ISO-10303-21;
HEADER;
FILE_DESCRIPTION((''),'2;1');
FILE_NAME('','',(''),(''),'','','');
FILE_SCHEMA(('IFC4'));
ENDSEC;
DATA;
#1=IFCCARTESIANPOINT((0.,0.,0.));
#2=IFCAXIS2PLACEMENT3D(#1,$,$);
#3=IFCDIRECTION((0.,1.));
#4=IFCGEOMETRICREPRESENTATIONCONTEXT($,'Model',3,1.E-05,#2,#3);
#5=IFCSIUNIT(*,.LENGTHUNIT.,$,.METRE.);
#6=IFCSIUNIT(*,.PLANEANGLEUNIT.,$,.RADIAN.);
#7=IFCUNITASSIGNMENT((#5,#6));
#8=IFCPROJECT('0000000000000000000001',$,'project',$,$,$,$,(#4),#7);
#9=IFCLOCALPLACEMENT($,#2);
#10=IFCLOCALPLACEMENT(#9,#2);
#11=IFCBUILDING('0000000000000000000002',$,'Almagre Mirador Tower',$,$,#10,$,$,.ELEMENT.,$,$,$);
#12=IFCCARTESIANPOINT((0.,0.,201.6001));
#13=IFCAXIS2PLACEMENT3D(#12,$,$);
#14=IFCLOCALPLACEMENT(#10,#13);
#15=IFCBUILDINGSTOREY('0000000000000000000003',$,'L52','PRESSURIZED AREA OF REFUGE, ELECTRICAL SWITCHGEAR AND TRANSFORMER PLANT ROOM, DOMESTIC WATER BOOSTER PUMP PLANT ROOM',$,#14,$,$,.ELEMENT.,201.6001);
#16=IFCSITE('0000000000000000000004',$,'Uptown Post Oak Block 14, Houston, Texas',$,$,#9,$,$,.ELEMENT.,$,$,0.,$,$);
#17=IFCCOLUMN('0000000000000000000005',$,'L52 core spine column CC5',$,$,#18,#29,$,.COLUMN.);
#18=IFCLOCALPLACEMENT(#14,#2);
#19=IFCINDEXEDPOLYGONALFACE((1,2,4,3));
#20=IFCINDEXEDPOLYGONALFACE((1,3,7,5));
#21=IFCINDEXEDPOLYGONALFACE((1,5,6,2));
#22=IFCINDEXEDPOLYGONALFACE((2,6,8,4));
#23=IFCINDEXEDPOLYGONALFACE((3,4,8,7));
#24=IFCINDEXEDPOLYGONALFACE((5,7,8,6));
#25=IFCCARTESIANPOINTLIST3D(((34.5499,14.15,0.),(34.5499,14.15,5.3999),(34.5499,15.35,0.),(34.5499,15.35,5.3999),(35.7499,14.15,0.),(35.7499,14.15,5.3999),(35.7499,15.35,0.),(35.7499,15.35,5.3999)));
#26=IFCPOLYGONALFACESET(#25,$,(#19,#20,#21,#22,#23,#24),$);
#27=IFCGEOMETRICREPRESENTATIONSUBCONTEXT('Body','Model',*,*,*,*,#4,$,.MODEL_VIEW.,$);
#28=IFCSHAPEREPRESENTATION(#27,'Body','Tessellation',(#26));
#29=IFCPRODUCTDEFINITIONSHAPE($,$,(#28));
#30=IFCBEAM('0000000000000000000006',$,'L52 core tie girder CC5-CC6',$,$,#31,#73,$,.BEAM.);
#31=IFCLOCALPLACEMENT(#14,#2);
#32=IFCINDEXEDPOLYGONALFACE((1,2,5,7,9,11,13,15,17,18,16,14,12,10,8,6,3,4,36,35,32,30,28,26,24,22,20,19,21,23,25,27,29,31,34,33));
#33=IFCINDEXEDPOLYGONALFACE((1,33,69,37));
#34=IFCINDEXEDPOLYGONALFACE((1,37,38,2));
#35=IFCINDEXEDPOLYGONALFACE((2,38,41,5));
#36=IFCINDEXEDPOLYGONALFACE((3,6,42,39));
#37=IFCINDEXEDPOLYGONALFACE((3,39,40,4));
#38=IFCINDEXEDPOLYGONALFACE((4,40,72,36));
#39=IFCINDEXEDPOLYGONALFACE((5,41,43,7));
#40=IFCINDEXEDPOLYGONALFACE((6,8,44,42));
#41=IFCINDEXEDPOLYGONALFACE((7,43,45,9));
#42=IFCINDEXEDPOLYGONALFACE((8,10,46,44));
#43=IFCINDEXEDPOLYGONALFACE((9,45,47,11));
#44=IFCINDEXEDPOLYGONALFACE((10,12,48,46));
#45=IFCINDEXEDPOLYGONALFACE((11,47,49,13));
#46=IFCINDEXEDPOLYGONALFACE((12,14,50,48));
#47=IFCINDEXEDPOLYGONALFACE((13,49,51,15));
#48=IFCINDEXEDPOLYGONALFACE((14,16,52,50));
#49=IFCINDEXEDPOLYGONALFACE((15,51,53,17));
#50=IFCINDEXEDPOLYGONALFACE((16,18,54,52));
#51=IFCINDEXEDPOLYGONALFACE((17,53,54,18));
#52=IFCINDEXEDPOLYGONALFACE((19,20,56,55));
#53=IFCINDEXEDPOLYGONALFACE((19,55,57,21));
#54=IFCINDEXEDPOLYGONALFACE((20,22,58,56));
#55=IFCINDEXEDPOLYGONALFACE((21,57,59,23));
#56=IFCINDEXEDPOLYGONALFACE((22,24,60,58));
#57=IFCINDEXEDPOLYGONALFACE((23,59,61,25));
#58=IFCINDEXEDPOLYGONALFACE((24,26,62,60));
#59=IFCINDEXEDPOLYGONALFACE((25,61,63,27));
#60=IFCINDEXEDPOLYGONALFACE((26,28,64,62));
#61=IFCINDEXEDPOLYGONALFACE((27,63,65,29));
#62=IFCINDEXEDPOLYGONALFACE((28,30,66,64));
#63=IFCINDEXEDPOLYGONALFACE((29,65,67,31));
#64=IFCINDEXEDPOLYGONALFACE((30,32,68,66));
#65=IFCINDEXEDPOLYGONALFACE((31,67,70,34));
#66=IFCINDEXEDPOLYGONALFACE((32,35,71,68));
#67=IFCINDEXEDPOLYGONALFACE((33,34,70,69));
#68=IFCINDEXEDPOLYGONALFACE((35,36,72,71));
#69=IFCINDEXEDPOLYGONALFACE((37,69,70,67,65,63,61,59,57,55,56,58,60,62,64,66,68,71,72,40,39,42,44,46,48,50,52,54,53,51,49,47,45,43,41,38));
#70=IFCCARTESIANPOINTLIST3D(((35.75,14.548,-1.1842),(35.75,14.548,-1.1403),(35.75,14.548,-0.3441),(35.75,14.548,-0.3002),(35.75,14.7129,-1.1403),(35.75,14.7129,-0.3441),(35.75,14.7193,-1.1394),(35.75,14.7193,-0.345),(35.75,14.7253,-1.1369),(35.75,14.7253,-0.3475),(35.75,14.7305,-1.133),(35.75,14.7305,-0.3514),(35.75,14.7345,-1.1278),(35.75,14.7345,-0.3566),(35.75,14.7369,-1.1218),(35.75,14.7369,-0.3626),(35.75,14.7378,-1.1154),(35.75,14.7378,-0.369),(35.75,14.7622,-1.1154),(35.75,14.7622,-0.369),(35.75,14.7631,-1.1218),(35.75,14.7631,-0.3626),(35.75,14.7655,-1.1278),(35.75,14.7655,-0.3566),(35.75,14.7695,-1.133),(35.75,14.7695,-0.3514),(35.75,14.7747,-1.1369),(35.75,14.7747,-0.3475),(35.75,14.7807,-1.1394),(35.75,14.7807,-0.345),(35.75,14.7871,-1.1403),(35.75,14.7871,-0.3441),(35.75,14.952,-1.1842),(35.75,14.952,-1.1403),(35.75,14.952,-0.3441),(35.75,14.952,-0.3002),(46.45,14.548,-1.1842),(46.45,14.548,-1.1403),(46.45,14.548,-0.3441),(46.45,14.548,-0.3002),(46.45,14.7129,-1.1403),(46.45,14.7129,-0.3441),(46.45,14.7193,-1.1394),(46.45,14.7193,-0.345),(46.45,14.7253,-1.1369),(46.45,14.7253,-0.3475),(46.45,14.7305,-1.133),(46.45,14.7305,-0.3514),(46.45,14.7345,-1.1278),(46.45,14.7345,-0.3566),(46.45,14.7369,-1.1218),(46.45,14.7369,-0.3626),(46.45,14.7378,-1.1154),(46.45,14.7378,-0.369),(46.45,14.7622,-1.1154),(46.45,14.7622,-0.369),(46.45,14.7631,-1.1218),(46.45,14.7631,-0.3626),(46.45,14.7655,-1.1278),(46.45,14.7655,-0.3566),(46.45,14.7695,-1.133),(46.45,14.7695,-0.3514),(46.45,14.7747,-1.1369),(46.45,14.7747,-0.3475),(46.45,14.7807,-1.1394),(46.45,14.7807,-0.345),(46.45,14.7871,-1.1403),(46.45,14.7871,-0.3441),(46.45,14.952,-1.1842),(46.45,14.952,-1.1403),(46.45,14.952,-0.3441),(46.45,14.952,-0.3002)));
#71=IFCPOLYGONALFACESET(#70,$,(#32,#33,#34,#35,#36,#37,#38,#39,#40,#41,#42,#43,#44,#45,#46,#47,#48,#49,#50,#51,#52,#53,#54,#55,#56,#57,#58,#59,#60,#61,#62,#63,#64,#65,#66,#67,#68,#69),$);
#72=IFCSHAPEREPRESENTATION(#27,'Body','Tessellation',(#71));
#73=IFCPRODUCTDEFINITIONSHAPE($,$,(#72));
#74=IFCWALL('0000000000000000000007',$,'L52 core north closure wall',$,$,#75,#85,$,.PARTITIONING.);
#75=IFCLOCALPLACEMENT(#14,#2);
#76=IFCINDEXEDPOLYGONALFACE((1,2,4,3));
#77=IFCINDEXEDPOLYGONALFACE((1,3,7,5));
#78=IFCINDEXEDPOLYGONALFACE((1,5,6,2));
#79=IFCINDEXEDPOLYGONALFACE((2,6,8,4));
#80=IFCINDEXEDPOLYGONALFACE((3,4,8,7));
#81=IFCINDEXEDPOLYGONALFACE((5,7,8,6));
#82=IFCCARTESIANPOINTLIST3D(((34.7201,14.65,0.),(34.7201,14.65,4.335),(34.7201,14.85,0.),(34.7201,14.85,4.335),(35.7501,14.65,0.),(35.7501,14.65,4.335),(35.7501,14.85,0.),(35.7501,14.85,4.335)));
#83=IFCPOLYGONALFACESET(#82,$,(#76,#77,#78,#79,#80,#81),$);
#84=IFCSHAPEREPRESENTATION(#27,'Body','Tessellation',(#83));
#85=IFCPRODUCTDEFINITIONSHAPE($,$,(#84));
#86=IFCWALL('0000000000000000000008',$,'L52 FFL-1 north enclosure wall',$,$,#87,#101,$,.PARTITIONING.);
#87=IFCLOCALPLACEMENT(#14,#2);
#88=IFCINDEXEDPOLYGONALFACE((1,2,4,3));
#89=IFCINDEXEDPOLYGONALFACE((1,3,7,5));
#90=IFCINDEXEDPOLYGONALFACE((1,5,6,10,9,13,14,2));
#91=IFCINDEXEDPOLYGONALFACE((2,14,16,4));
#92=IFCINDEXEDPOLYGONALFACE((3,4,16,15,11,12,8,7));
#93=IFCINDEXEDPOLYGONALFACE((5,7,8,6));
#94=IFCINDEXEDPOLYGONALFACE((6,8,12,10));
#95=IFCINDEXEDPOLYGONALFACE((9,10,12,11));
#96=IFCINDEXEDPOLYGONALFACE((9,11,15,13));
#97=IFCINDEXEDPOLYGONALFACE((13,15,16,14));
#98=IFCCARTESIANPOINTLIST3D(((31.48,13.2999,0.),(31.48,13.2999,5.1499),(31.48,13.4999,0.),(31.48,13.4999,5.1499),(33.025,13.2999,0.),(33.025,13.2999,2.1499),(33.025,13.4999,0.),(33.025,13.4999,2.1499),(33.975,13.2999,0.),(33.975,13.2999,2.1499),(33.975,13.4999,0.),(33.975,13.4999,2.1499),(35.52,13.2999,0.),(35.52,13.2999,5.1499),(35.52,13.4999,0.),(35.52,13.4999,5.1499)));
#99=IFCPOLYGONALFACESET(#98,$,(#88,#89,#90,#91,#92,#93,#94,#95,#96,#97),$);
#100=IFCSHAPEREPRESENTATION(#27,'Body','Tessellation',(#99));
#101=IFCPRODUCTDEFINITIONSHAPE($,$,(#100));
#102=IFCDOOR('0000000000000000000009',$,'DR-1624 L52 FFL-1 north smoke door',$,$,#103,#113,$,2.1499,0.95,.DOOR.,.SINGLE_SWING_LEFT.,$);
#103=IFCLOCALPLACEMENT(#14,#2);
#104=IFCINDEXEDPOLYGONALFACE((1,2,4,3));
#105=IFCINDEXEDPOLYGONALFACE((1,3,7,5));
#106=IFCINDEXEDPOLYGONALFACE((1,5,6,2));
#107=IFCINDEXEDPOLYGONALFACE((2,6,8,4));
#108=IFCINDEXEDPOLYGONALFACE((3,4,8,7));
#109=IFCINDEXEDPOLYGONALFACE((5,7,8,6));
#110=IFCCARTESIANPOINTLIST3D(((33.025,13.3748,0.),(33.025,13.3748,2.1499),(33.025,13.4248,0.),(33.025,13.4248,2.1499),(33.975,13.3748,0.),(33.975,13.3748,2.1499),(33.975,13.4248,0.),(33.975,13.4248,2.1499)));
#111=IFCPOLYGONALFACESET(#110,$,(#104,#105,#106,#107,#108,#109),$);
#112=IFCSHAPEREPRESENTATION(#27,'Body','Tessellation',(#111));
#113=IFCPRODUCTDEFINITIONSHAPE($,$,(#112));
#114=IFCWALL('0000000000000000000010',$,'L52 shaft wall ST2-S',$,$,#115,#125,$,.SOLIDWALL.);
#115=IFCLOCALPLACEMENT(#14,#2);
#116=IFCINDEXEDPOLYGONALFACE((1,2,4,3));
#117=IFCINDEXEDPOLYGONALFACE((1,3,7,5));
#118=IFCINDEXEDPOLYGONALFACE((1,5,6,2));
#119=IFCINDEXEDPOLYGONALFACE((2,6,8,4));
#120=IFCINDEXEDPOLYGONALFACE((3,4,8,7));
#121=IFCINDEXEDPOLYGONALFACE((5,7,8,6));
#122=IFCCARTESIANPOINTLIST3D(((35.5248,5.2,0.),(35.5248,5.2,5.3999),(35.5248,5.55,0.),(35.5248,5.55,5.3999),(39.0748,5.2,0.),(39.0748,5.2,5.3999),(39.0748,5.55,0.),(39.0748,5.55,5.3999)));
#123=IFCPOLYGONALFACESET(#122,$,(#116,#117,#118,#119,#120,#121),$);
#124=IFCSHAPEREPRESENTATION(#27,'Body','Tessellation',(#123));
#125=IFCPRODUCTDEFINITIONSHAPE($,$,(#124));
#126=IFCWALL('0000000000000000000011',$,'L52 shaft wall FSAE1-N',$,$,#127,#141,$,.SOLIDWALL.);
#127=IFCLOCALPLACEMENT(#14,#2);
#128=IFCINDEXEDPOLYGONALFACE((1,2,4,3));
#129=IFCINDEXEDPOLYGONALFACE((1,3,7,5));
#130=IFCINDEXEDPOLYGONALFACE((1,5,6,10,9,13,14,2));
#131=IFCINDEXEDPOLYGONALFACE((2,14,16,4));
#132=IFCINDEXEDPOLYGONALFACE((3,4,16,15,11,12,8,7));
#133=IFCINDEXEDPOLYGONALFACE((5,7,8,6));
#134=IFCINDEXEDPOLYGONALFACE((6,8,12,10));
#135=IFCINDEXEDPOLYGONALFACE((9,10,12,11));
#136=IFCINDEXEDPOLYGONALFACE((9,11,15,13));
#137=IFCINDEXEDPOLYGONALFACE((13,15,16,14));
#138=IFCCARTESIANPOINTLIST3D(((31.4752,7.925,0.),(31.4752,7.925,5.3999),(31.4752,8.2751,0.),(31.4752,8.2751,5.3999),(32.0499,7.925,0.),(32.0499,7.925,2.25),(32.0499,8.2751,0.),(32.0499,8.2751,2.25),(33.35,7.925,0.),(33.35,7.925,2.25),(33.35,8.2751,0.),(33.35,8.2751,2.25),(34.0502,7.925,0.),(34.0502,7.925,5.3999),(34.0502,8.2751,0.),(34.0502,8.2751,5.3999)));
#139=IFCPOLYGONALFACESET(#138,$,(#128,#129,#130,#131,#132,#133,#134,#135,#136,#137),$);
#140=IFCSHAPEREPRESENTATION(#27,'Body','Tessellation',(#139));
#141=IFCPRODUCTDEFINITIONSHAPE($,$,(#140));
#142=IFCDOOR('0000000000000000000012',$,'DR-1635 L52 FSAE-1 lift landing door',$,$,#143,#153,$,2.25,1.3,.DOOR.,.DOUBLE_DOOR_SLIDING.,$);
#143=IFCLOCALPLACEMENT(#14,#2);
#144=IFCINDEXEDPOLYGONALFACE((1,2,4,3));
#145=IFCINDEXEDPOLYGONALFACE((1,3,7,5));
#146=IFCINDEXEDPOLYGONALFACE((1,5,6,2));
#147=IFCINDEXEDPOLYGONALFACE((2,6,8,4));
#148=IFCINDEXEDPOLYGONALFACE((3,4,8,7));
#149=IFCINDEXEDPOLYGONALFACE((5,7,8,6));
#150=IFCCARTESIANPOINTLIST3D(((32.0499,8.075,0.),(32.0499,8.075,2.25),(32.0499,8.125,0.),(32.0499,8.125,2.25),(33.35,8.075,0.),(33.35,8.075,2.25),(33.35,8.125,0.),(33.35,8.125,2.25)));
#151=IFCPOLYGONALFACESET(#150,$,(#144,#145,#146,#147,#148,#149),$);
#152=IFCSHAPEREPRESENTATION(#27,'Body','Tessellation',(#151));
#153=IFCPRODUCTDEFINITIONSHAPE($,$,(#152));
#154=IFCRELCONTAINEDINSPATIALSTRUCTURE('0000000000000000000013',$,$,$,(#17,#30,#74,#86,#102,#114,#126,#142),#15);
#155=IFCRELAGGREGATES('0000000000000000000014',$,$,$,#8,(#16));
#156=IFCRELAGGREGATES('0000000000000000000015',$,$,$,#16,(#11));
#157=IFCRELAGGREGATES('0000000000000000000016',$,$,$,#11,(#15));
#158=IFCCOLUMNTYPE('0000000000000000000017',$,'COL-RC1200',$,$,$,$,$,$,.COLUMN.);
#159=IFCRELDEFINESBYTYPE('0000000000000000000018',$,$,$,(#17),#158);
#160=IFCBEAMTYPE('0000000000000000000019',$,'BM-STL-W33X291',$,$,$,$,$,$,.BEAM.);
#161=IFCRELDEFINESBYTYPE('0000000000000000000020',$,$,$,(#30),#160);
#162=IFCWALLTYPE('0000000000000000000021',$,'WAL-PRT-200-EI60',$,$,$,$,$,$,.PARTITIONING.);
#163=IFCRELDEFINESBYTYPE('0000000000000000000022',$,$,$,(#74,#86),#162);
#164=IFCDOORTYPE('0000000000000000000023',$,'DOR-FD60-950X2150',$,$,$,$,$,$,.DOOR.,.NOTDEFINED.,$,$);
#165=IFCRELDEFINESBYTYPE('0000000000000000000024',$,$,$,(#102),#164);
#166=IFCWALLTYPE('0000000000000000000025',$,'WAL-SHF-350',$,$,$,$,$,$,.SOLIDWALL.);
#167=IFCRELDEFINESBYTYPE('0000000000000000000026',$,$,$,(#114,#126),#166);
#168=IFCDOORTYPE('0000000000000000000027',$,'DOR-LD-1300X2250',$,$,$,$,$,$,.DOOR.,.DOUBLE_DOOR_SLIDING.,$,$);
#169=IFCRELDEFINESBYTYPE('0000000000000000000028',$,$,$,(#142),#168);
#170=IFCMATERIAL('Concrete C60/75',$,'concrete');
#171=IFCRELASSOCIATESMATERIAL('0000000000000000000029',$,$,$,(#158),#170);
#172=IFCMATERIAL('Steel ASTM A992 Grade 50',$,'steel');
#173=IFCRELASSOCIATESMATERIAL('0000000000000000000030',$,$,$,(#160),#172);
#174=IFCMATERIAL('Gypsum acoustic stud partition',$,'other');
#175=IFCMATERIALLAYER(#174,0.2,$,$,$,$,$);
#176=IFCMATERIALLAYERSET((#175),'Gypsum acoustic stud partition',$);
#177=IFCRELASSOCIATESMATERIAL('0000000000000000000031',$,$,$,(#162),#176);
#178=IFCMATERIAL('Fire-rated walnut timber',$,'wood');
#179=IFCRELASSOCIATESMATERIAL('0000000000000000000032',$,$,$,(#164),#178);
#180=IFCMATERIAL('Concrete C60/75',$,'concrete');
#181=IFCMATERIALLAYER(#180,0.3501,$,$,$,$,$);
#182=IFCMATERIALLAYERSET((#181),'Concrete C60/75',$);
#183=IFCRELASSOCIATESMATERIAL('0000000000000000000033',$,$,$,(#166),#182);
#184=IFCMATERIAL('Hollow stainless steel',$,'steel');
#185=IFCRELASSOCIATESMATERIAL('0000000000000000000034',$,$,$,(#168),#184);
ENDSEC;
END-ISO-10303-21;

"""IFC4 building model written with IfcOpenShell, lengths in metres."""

from ifc_helpers import new_model, si_unit, direction, frame, frame_2d, origin, origin_2d, place, context, subcontext, project, spatial, rectangle, i_section, extrude, material, layer, layer_set, material_profile, profile_set, type_object, element, fill, save


model = new_model("IFC4")

# Units and contexts
model_context = context("Model", 3, precision=1e-05, world=origin(), true_north=direction((0.0, 1.0)))
body_context = subcontext(model_context, "Body", "Model", "MODEL_VIEW")
ifc_project = project(units=[si_unit("LENGTHUNIT", "METRE"), si_unit("PLANEANGLEUNIT", "RADIAN")], contexts=[model_context])

# Site, building, storey
site_placement = place(None, origin())
site = spatial("IfcSite", under=ifc_project, at=site_placement, Name="Uptown Post Oak Block 14, Houston, Texas", CompositionType="ELEMENT", RefElevation=0.0)
building_placement = place(site_placement, origin())
building = spatial("IfcBuilding", under=site, at=building_placement, Name="Almagre Mirador Tower", CompositionType="ELEMENT")
storey_placement = place(building_placement, frame((0.0, 0.0, 201.6001)))
storey = spatial("IfcBuildingStorey", under=building, at=storey_placement, Name="L52", Description="PRESSURIZED AREA OF REFUGE, ELECTRICAL SWITCHGEAR AND TRANSFORMER PLANT ROOM, DOMESTIC WATER BOOSTER PUMP PLANT ROOM", CompositionType="ELEMENT", Elevation=201.6001)

# Column
ifc_material_1 = material(Name="Concrete C60/75", Category="concrete")
ifc_material_profile_1 = material_profile(ifc_material_1, rectangle(XDim=1.2, YDim=1.2, at=origin_2d()), Name="RC1200X1200")
ifc_profile_set_1 = profile_set([ifc_material_profile_1], Name="Concrete C60/75")
column_type = type_object("IfcColumnType", Name="COL-RC1200", PredefinedType="COLUMN", material=ifc_profile_set_1)
column_placement = place(storey_placement, frame((35.1499, 14.75, 0.0), z_axis=(0.0, 0.0, 1.0), x_axis=(1.0, 0.0, 0.0)))
element("IfcColumn", 1, at=column_placement, inside=storey, type_object=column_type, Name="L52 core spine column CC5", PredefinedType="COLUMN", context=body_context, shape_type="SweptSolid", body=[
    extrude(rectangle(XDim=1.2, YDim=1.2, at=origin_2d()), origin(), (0.0, 0.0, 1.0), 5.3999),
])

# Beam
ifc_material_2 = material(Name="Steel ASTM A992 Grade 50", Category="steel")
ifc_material_profile_2 = material_profile(ifc_material_2, i_section(OverallWidth=0.4041, OverallDepth=0.884, WebThickness=0.0244, FlangeThickness=0.0439, FilletRadius=0.0249, at=origin_2d()), Name="W33X291")
ifc_profile_set_2 = profile_set([ifc_material_profile_2], Name="Steel ASTM A992 Grade 50")
beam_type = type_object("IfcBeamType", Name="BM-STL-W33X291", PredefinedType="BEAM", material=ifc_profile_set_2)
beam_placement = place(storey_placement, frame((35.75, 14.75, -0.7422), z_axis=(1.0, 0.0, 0.0), x_axis=(0.0, 1.0, 0.0)))
element("IfcBeam", 2, at=beam_placement, inside=storey, type_object=beam_type, Name="L52 core tie girder CC5-CC6", PredefinedType="BEAM", context=body_context, shape_type="SweptSolid", body=[
    extrude(i_section(OverallWidth=0.4041, OverallDepth=0.884, WebThickness=0.0244, FlangeThickness=0.0439, FilletRadius=0.0249, at=origin_2d()), origin(), (0.0, 0.0, 1.0), 10.7),
])

# Wall
ifc_material_3 = material(Name="Gypsum acoustic stud partition", Category="other")
ifc_layer_1 = layer(ifc_material_3, 0.2)
ifc_layer_set_1 = layer_set([ifc_layer_1], Name="Gypsum acoustic stud partition")
wall_type_1 = type_object("IfcWallType", Name="WAL-PRT-200-EI60", PredefinedType="PARTITIONING", material=ifc_layer_set_1)
wall_1_placement = place(storey_placement, frame((34.72, 14.75, 0.0), z_axis=(0.0, 0.0, 1.0), x_axis=(1.0, 0.0, 0.0)))
element("IfcWall", 3, at=wall_1_placement, inside=storey, type_object=wall_type_1, Name="L52 core north closure wall", PredefinedType="PARTITIONING", context=body_context, shape_type="SweptSolid", body=[
    extrude(rectangle(XDim=1.03, YDim=0.2, at=frame_2d((0.5151, 0.0))), origin(), (0.0, 0.0, 1.0), 4.335),
])

# Wall, opening, door
wall_2_placement = place(storey_placement, frame((31.48, 13.3999, 0.0), z_axis=(0.0, 0.0, 1.0), x_axis=(1.0, 0.0, 0.0)))
wall_2 = element("IfcWall", 4, at=wall_2_placement, inside=storey, type_object=wall_type_1, Name="L52 FFL-1 north enclosure wall", PredefinedType="PARTITIONING", context=body_context, shape_type="SweptSolid", body=[
    extrude(rectangle(XDim=4.04, YDim=0.2, at=frame_2d((2.02, 0.0))), origin(), (0.0, 0.0, 1.0), 5.1499),
])
opening_1_placement = place(wall_2_placement, frame((1.5449, 0.0, 0.0)))
opening_1 = element("IfcOpeningElement", 5, at=opening_1_placement, cuts=wall_2, PredefinedType="OPENING", context=body_context, shape_type="SweptSolid", body=[
    extrude(rectangle(XDim=0.95, YDim=2.1499, at=frame_2d((0.4751, 1.075))), frame((0.0, 0.1101, 0.0), z_axis=(0.0, -1.0, 0.0), x_axis=(1.0, 0.0, 0.0)), (0.0, 0.0, 1.0), 0.22),
])
ifc_material_4 = material(Name="Fire-rated walnut timber", Category="wood")
door_type_1 = type_object("IfcDoorType", Name="DOR-FD60-950X2150", OperationType="NOTDEFINED", PredefinedType="DOOR", material=ifc_material_4)
door_1_placement = place(opening_1_placement, origin())
door_1 = element("IfcDoor", 6, at=door_1_placement, inside=storey, type_object=door_type_1, Name="DR-1624 L52 FFL-1 north smoke door", OperationType="SINGLE_SWING_LEFT", OverallHeight=2.1499, OverallWidth=0.95, PredefinedType="DOOR", context=body_context, shape_type="SweptSolid", body=[
    extrude(rectangle(XDim=0.95, YDim=2.1499, at=frame_2d((0.4751, 1.075))), frame((0.0, 0.0249, 0.0), z_axis=(0.0, -1.0, 0.0), x_axis=(1.0, 0.0, 0.0)), (0.0, 0.0, 1.0), 0.05),
])
fill(opening_1, door_1)

# Wall
ifc_material_5 = material(Name="Concrete C60/75", Category="concrete")
ifc_layer_2 = layer(ifc_material_5, 0.3501)
ifc_layer_set_2 = layer_set([ifc_layer_2], Name="Concrete C60/75")
wall_type_2 = type_object("IfcWallType", Name="WAL-SHF-350", PredefinedType="SOLIDWALL", material=ifc_layer_set_2)
wall_3_placement = place(storey_placement, frame((35.5249, 5.375, 0.0), z_axis=(0.0, 0.0, 1.0), x_axis=(1.0, 0.0, 0.0)))
element("IfcWall", 7, at=wall_3_placement, inside=storey, type_object=wall_type_2, Name="L52 shaft wall ST2-S", PredefinedType="SOLIDWALL", context=body_context, shape_type="SweptSolid", body=[
    extrude(rectangle(XDim=3.55, YDim=0.3501, at=frame_2d((1.7749, 0.0))), origin(), (0.0, 0.0, 1.0), 5.3999),
])

# Wall, opening, door
wall_4_placement = place(storey_placement, frame((31.4751, 8.1001, 0.0), z_axis=(0.0, 0.0, 1.0), x_axis=(1.0, 0.0, 0.0)))
wall_4 = element("IfcWall", 8, at=wall_4_placement, inside=storey, type_object=wall_type_2, Name="L52 shaft wall FSAE1-N", PredefinedType="SOLIDWALL", context=body_context, shape_type="SweptSolid", body=[
    extrude(rectangle(XDim=2.575, YDim=0.3501, at=frame_2d((1.2876, 0.0))), origin(), (0.0, 0.0, 1.0), 5.3999),
])
opening_2_placement = place(wall_4_placement, frame((0.575, 0.0, 0.0)))
opening_2 = element("IfcOpeningElement", 9, at=opening_2_placement, cuts=wall_4, PredefinedType="OPENING", context=body_context, shape_type="SweptSolid", body=[
    extrude(rectangle(XDim=1.3, YDim=2.25, at=frame_2d((0.6499, 1.125))), frame((0.0, 0.185, 0.0), z_axis=(0.0, -1.0, 0.0), x_axis=(1.0, 0.0, 0.0)), (0.0, 0.0, 1.0), 0.3701),
])
ifc_material_6 = material(Name="Hollow stainless steel", Category="steel")
door_type_2 = type_object("IfcDoorType", Name="DOR-LD-1300X2250", OperationType="DOUBLE_DOOR_SLIDING", PredefinedType="DOOR", material=ifc_material_6)
door_2_placement = place(opening_2_placement, origin())
door_2 = element("IfcDoor", 10, at=door_2_placement, inside=storey, type_object=door_type_2, Name="DR-1635 L52 FSAE-1 lift landing door", OperationType="DOUBLE_DOOR_SLIDING", OverallHeight=2.25, OverallWidth=1.3, PredefinedType="DOOR", context=body_context, shape_type="SweptSolid", body=[
    extrude(rectangle(XDim=1.3, YDim=2.25, at=frame_2d((0.6499, 1.125))), frame((0.0, 0.0249, 0.0), z_axis=(0.0, -1.0, 0.0), x_axis=(1.0, 0.0, 0.0)), (0.0, 0.0, 1.0), 0.05),
])
fill(opening_2, door_2)

save(model, "model.ifc")
